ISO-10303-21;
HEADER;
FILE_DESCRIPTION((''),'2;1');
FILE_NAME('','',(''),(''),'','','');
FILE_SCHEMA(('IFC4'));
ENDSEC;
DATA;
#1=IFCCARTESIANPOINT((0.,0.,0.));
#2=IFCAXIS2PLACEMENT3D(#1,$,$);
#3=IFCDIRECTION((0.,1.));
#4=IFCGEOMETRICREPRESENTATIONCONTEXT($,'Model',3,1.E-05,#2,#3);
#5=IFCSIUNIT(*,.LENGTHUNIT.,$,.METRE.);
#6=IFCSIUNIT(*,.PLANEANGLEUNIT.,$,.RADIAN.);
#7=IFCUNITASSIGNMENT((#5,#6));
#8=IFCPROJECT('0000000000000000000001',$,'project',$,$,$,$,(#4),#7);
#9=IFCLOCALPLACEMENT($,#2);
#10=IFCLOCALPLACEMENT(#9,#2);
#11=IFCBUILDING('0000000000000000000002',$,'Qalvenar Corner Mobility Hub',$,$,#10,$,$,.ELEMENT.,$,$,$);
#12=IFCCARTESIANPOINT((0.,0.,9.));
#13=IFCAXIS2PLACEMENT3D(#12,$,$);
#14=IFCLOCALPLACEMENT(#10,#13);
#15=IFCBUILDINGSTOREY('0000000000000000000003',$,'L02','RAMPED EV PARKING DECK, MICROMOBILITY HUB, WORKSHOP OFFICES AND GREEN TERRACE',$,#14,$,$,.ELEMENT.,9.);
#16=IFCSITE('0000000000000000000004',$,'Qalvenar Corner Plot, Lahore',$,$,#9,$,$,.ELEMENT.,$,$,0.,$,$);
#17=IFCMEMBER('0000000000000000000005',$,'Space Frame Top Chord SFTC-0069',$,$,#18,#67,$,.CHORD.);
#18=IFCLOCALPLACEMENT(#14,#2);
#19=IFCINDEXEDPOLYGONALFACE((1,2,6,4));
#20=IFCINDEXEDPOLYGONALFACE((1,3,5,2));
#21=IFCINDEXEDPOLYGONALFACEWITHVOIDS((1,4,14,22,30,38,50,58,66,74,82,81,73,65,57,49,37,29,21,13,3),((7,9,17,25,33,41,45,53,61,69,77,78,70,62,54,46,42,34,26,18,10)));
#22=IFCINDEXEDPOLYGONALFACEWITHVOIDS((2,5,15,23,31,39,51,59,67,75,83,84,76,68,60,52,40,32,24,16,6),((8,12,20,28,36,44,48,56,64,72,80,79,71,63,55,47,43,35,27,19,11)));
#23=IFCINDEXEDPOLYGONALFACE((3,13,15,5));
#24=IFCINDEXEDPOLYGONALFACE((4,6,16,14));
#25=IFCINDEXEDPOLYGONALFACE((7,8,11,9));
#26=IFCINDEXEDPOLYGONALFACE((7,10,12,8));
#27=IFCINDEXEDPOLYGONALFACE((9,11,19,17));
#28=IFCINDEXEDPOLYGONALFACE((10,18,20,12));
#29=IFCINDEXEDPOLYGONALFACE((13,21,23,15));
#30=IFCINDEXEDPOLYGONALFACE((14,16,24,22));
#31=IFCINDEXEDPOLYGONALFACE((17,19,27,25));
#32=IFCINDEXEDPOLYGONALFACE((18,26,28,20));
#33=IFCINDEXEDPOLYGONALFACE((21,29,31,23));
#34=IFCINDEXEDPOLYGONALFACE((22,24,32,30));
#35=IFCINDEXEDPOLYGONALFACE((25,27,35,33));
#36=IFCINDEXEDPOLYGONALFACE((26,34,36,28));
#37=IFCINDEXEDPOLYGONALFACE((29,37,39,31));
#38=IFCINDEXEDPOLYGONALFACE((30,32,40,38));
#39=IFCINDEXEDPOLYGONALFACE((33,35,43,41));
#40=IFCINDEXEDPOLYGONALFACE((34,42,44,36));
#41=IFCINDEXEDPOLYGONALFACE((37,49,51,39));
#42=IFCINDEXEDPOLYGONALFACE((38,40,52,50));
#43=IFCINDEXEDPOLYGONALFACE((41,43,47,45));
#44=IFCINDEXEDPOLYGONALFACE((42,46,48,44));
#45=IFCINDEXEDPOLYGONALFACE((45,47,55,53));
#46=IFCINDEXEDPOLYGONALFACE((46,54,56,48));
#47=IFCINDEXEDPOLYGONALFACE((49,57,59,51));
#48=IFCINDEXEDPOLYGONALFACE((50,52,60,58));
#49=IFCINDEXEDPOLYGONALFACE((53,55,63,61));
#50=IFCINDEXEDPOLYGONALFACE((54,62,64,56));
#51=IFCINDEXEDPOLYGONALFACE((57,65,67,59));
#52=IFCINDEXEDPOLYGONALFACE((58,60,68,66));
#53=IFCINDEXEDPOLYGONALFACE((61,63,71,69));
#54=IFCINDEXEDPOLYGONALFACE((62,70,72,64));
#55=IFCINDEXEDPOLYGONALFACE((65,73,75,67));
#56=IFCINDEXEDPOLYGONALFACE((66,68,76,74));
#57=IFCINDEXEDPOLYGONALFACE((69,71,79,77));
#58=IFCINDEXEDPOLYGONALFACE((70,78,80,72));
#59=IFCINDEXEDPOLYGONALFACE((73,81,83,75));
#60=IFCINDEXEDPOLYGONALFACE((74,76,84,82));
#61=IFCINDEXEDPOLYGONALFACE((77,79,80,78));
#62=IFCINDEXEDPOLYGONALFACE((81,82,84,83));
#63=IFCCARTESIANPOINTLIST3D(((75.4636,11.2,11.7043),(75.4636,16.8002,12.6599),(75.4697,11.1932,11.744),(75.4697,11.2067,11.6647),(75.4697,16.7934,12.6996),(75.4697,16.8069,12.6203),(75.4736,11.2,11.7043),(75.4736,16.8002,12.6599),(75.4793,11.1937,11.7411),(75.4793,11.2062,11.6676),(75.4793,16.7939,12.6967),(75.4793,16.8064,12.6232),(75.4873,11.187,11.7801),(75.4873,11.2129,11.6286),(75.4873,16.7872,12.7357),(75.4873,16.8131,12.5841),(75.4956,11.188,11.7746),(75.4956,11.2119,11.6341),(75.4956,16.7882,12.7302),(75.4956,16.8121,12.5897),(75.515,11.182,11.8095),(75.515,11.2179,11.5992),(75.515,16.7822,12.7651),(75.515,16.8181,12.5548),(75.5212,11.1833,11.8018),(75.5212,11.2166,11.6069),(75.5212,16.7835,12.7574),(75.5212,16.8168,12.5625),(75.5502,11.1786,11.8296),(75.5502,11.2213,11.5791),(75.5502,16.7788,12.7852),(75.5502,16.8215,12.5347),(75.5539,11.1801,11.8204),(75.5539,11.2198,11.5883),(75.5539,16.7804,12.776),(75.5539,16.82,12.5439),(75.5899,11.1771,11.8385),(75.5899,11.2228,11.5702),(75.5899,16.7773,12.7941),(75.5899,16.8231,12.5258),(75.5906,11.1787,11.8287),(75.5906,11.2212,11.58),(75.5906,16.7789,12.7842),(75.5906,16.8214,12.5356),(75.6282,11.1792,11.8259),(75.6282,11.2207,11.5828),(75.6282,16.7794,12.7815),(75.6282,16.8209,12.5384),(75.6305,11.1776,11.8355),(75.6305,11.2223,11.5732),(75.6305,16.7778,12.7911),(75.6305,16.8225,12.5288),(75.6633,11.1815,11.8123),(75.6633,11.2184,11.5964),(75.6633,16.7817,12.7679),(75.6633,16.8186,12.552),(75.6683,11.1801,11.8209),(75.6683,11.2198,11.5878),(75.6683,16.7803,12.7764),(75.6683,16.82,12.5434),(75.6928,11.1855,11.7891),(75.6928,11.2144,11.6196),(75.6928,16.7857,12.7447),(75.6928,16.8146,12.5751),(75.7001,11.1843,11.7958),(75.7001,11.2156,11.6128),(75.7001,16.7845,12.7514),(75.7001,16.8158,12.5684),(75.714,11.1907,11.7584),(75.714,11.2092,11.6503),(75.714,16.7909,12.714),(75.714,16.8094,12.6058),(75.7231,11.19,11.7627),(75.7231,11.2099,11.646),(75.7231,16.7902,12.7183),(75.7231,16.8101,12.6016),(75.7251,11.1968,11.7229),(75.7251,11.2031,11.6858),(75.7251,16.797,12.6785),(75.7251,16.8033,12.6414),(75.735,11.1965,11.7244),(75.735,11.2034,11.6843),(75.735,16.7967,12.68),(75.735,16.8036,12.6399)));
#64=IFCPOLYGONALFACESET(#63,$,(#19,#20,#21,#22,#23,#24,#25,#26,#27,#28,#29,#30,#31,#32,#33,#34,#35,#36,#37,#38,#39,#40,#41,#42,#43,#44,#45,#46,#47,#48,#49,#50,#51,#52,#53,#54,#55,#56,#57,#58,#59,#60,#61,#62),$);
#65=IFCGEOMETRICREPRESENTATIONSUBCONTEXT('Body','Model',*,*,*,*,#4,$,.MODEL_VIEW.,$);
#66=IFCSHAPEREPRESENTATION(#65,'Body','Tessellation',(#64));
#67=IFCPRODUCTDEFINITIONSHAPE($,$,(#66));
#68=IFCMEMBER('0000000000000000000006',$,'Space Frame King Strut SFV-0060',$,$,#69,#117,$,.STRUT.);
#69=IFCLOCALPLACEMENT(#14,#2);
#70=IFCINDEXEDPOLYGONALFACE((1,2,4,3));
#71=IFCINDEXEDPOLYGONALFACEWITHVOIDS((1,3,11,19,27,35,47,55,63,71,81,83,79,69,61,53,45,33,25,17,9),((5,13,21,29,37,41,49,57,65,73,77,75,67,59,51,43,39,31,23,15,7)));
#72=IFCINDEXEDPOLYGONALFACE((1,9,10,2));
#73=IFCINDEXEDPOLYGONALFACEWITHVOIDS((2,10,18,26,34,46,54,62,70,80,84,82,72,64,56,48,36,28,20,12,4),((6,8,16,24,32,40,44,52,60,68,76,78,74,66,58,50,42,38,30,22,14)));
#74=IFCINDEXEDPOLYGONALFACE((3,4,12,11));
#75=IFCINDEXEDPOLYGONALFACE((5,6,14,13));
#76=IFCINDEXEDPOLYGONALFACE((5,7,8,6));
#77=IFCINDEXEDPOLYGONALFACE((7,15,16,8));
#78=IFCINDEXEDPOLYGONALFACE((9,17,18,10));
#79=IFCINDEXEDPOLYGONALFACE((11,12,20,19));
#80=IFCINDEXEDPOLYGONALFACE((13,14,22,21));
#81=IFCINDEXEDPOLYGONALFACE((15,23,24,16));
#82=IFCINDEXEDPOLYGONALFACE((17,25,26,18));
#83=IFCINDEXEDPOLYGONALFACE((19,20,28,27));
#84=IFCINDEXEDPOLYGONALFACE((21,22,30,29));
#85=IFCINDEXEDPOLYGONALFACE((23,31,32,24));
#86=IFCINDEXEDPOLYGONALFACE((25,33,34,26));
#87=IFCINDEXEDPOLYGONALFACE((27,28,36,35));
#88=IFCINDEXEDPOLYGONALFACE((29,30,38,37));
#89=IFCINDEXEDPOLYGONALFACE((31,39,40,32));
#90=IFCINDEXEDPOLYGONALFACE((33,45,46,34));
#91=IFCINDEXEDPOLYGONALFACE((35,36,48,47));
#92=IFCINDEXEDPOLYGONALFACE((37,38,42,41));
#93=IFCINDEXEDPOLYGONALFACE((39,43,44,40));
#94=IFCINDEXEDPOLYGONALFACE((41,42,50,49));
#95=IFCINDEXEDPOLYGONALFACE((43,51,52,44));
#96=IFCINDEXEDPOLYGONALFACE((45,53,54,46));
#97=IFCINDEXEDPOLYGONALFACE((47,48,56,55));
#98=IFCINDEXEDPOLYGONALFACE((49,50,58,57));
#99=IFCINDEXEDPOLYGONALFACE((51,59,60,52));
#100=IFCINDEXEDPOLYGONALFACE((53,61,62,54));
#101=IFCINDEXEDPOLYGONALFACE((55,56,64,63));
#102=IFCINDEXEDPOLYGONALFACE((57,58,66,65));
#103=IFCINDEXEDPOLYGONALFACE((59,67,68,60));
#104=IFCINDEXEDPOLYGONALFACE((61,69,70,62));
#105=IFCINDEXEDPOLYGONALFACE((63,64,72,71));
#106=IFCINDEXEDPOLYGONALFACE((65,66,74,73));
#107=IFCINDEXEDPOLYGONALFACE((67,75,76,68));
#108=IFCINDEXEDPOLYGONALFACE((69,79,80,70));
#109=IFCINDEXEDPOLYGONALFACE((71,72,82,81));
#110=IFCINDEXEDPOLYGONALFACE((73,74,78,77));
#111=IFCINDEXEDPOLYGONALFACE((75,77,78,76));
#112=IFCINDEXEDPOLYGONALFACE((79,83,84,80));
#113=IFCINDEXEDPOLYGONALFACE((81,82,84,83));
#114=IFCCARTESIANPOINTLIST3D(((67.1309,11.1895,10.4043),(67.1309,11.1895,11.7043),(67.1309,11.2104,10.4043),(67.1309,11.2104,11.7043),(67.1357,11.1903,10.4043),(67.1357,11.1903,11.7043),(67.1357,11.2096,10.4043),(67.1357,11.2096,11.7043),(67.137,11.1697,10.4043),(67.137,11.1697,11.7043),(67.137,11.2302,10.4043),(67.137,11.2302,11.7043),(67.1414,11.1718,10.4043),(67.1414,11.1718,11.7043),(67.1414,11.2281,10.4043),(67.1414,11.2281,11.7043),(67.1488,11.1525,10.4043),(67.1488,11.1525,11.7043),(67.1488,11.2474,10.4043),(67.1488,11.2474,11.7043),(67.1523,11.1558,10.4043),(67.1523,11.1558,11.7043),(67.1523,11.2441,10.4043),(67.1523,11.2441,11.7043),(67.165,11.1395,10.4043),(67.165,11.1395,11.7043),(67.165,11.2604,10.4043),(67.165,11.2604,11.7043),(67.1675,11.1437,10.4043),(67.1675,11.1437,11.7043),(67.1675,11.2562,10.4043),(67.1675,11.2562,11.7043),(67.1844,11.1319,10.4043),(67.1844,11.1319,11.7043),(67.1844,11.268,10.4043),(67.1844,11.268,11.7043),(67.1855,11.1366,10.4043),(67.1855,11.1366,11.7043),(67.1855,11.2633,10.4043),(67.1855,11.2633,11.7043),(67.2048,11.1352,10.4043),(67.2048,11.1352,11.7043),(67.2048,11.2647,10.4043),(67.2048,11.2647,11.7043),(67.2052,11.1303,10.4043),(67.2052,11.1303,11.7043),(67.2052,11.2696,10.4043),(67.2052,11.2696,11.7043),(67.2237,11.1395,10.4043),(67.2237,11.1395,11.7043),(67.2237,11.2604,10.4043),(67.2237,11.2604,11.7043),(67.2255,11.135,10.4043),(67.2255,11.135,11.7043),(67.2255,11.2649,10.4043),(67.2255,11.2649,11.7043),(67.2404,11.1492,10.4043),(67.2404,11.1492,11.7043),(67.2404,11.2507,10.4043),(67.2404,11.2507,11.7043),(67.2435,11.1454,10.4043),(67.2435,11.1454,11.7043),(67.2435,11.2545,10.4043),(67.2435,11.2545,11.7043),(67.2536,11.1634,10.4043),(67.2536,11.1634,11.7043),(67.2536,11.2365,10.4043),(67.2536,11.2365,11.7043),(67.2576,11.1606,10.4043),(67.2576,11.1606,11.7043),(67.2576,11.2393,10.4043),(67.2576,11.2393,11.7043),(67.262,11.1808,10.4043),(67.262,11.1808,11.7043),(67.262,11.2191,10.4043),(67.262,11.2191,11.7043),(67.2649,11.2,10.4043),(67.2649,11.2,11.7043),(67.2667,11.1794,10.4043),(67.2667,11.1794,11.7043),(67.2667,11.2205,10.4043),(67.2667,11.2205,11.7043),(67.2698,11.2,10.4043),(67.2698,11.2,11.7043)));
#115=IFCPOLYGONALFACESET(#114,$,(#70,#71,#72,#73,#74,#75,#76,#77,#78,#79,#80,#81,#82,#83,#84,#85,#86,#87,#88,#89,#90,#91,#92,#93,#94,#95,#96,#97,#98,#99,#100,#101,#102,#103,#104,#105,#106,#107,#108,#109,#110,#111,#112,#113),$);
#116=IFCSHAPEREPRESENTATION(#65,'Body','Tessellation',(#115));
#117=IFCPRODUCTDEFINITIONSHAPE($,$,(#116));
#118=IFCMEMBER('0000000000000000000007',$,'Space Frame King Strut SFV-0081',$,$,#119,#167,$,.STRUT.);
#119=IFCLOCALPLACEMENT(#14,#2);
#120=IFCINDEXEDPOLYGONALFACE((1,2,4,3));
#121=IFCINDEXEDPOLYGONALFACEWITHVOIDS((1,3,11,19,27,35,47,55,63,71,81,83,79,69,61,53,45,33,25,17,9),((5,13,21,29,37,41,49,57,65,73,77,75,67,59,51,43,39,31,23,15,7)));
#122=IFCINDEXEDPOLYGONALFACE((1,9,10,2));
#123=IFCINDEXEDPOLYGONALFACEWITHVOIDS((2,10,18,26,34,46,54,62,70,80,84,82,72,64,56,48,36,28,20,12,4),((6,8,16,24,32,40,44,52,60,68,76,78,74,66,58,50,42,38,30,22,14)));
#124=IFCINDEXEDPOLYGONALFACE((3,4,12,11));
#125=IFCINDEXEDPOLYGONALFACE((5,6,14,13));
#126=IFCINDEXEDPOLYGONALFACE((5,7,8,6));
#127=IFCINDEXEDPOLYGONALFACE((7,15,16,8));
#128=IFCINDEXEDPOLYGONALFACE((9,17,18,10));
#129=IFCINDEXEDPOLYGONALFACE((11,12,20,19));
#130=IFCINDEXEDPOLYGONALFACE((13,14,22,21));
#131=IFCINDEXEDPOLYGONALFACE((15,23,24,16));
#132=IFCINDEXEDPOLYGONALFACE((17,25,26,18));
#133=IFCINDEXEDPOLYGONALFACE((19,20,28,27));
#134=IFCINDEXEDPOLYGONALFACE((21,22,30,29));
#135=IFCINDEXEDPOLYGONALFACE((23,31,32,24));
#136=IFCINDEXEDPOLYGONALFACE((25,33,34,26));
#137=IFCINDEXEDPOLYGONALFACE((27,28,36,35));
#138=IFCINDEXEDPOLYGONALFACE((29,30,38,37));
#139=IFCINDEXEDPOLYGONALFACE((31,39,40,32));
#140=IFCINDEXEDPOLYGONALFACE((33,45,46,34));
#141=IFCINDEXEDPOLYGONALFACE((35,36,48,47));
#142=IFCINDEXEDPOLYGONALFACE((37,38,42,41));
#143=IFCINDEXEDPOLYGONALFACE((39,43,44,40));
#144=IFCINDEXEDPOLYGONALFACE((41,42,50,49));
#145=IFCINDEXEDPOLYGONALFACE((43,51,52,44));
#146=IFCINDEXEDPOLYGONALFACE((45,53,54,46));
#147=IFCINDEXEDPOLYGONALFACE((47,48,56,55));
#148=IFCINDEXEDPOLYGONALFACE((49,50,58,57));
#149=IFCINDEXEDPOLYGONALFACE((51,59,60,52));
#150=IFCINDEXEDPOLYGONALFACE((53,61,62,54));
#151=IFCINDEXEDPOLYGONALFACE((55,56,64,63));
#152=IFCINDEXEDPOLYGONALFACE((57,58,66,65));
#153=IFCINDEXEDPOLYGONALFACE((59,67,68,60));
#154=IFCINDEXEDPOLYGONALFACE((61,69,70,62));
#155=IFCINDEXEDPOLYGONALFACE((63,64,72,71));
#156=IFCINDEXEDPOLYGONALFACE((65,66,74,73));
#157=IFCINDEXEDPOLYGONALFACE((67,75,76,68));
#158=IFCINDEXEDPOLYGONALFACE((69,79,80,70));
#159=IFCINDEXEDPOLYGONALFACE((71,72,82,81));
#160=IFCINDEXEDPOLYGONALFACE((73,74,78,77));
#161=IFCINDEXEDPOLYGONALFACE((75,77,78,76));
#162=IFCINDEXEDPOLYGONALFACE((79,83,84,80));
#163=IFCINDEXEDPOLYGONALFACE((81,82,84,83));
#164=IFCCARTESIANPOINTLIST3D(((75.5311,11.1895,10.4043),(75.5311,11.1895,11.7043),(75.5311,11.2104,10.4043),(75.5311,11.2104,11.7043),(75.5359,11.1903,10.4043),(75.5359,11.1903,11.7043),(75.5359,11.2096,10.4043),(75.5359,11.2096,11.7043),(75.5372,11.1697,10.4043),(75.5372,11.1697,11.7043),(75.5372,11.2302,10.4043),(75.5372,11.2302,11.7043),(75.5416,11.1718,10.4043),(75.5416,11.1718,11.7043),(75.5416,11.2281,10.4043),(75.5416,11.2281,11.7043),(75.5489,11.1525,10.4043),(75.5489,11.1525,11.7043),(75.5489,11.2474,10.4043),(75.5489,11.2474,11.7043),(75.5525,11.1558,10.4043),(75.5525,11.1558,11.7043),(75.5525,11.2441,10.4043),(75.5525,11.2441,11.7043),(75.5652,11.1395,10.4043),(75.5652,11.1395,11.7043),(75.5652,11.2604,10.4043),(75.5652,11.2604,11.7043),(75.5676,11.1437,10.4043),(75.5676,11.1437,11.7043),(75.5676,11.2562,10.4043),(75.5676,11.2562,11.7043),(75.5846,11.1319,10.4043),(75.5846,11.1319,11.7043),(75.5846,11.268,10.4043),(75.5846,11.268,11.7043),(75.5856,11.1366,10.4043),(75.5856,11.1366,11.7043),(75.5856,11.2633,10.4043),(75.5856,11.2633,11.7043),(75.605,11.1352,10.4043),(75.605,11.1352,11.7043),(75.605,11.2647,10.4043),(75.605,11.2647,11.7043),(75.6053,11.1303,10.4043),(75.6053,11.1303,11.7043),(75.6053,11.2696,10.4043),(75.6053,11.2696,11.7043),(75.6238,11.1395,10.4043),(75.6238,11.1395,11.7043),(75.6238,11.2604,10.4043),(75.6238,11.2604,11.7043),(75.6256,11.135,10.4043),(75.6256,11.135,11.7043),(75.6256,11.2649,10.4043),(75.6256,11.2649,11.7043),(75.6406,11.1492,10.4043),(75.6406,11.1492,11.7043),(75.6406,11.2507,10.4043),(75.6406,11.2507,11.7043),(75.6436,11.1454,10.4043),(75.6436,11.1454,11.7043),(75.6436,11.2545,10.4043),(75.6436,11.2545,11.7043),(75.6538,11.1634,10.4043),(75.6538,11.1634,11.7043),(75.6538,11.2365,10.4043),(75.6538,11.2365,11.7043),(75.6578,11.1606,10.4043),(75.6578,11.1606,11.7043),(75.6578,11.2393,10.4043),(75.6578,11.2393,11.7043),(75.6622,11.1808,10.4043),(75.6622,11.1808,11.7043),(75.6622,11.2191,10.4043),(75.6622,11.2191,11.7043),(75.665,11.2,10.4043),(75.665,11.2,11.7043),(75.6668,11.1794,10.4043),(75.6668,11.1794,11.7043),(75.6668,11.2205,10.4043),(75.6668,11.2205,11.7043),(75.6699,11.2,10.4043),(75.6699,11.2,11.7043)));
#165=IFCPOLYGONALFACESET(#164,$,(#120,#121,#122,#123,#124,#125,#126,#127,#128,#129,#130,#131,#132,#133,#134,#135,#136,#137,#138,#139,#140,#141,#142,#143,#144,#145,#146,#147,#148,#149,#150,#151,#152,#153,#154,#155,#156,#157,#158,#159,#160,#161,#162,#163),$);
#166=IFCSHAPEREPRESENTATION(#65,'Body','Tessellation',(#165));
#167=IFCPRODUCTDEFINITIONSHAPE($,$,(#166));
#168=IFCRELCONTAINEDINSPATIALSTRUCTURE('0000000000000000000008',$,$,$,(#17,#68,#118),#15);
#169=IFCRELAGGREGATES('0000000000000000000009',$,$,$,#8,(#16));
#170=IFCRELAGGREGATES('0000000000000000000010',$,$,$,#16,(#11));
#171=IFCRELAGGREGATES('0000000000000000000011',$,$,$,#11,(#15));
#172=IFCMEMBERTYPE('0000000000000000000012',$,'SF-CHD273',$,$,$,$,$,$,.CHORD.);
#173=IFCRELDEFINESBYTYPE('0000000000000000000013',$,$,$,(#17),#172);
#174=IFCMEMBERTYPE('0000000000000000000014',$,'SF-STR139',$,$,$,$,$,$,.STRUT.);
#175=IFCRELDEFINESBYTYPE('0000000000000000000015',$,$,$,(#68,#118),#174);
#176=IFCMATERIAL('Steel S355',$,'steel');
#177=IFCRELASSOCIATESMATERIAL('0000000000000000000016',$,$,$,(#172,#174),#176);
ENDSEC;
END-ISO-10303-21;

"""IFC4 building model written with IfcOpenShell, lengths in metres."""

from ifc_helpers import new_model, si_unit, direction, frame, origin, origin_2d, place, context, subcontext, project, spatial, hollow_circle, extrude, material, material_profile, profile_set, type_object, element, save


model = new_model("IFC4")

# Units and contexts
model_context = context("Model", 3, precision=1e-05, world=origin(), true_north=direction((0.0, 1.0)))
body_context = subcontext(model_context, "Body", "Model", "MODEL_VIEW")
ifc_project = project(units=[si_unit("LENGTHUNIT", "METRE"), si_unit("PLANEANGLEUNIT", "RADIAN")], contexts=[model_context])

# Site, building, storey
site_placement = place(None, origin())
site = spatial("IfcSite", under=ifc_project, at=site_placement, Name="Qalvenar Corner Plot, Lahore", CompositionType="ELEMENT", RefElevation=0.0)
building_placement = place(site_placement, origin())
building = spatial("IfcBuilding", under=site, at=building_placement, Name="Qalvenar Corner Mobility Hub", CompositionType="ELEMENT")
storey_placement = place(building_placement, frame((0.0, 0.0, 9.0)))
storey = spatial("IfcBuildingStorey", under=building, at=storey_placement, Name="L02", Description="RAMPED EV PARKING DECK, MICROMOBILITY HUB, WORKSHOP OFFICES AND GREEN TERRACE", CompositionType="ELEMENT", Elevation=9.0)

# Members
ifc_material_1 = material(Name="Steel S355", Category="steel")
ifc_material_profile_1 = material_profile(ifc_material_1, hollow_circle(Radius=0.1365, WallThickness=0.01, at=origin_2d()), Name="CHS273x10")
ifc_profile_set_1 = profile_set([ifc_material_profile_1], Name="Steel S355")
member_type_1 = type_object("IfcMemberType", Name="SF-CHD273", PredefinedType="CHORD", material=ifc_profile_set_1)
member_1_placement = place(storey_placement, frame((75.6001, 11.2, 11.7043), z_axis=(0.0, 0.985752, 0.168203), x_axis=(-1.0, 0.0, 0.0)))
element("IfcMember", 1, at=member_1_placement, inside=storey, type_object=member_type_1, Name="Space Frame Top Chord SFTC-0069", PredefinedType="CHORD", context=body_context, shape_type="SweptSolid", body=[
    extrude(hollow_circle(Radius=0.1365, WallThickness=0.01, at=origin_2d()), origin(), (0.0, 0.0, 1.0), 5.6812),
])
ifc_material_profile_2 = material_profile(ifc_material_1, hollow_circle(Radius=0.0698, WallThickness=0.0049, at=origin_2d()), Name="CHS139.7x5")
ifc_profile_set_2 = profile_set([ifc_material_profile_2], Name="Steel S355")
member_type_2 = type_object("IfcMemberType", Name="SF-STR139", PredefinedType="STRUT", material=ifc_profile_set_2)
for number, where, z_axis, x_axis, name in (
    (2, (67.2, 11.2, 10.4043), (0.0, 0.0, 1.0), (1.0, 0.0, 0.0), "Space Frame King Strut SFV-0060"),
    (3, (75.6001, 11.2, 10.4043), (0.0, 0.0, 1.0), (1.0, 0.0, 0.0), "Space Frame King Strut SFV-0081"),
):
    element("IfcMember", number, at=place(storey_placement, frame(where, z_axis=z_axis, x_axis=x_axis)), inside=storey, type_object=member_type_2, Name=name, PredefinedType="STRUT", context=body_context, shape_type="SweptSolid", body=[
        extrude(hollow_circle(Radius=0.0698, WallThickness=0.0049, at=origin_2d()), origin(), (0.0, 0.0, 1.0), 1.3),
    ])

save(model, "model.ifc")
